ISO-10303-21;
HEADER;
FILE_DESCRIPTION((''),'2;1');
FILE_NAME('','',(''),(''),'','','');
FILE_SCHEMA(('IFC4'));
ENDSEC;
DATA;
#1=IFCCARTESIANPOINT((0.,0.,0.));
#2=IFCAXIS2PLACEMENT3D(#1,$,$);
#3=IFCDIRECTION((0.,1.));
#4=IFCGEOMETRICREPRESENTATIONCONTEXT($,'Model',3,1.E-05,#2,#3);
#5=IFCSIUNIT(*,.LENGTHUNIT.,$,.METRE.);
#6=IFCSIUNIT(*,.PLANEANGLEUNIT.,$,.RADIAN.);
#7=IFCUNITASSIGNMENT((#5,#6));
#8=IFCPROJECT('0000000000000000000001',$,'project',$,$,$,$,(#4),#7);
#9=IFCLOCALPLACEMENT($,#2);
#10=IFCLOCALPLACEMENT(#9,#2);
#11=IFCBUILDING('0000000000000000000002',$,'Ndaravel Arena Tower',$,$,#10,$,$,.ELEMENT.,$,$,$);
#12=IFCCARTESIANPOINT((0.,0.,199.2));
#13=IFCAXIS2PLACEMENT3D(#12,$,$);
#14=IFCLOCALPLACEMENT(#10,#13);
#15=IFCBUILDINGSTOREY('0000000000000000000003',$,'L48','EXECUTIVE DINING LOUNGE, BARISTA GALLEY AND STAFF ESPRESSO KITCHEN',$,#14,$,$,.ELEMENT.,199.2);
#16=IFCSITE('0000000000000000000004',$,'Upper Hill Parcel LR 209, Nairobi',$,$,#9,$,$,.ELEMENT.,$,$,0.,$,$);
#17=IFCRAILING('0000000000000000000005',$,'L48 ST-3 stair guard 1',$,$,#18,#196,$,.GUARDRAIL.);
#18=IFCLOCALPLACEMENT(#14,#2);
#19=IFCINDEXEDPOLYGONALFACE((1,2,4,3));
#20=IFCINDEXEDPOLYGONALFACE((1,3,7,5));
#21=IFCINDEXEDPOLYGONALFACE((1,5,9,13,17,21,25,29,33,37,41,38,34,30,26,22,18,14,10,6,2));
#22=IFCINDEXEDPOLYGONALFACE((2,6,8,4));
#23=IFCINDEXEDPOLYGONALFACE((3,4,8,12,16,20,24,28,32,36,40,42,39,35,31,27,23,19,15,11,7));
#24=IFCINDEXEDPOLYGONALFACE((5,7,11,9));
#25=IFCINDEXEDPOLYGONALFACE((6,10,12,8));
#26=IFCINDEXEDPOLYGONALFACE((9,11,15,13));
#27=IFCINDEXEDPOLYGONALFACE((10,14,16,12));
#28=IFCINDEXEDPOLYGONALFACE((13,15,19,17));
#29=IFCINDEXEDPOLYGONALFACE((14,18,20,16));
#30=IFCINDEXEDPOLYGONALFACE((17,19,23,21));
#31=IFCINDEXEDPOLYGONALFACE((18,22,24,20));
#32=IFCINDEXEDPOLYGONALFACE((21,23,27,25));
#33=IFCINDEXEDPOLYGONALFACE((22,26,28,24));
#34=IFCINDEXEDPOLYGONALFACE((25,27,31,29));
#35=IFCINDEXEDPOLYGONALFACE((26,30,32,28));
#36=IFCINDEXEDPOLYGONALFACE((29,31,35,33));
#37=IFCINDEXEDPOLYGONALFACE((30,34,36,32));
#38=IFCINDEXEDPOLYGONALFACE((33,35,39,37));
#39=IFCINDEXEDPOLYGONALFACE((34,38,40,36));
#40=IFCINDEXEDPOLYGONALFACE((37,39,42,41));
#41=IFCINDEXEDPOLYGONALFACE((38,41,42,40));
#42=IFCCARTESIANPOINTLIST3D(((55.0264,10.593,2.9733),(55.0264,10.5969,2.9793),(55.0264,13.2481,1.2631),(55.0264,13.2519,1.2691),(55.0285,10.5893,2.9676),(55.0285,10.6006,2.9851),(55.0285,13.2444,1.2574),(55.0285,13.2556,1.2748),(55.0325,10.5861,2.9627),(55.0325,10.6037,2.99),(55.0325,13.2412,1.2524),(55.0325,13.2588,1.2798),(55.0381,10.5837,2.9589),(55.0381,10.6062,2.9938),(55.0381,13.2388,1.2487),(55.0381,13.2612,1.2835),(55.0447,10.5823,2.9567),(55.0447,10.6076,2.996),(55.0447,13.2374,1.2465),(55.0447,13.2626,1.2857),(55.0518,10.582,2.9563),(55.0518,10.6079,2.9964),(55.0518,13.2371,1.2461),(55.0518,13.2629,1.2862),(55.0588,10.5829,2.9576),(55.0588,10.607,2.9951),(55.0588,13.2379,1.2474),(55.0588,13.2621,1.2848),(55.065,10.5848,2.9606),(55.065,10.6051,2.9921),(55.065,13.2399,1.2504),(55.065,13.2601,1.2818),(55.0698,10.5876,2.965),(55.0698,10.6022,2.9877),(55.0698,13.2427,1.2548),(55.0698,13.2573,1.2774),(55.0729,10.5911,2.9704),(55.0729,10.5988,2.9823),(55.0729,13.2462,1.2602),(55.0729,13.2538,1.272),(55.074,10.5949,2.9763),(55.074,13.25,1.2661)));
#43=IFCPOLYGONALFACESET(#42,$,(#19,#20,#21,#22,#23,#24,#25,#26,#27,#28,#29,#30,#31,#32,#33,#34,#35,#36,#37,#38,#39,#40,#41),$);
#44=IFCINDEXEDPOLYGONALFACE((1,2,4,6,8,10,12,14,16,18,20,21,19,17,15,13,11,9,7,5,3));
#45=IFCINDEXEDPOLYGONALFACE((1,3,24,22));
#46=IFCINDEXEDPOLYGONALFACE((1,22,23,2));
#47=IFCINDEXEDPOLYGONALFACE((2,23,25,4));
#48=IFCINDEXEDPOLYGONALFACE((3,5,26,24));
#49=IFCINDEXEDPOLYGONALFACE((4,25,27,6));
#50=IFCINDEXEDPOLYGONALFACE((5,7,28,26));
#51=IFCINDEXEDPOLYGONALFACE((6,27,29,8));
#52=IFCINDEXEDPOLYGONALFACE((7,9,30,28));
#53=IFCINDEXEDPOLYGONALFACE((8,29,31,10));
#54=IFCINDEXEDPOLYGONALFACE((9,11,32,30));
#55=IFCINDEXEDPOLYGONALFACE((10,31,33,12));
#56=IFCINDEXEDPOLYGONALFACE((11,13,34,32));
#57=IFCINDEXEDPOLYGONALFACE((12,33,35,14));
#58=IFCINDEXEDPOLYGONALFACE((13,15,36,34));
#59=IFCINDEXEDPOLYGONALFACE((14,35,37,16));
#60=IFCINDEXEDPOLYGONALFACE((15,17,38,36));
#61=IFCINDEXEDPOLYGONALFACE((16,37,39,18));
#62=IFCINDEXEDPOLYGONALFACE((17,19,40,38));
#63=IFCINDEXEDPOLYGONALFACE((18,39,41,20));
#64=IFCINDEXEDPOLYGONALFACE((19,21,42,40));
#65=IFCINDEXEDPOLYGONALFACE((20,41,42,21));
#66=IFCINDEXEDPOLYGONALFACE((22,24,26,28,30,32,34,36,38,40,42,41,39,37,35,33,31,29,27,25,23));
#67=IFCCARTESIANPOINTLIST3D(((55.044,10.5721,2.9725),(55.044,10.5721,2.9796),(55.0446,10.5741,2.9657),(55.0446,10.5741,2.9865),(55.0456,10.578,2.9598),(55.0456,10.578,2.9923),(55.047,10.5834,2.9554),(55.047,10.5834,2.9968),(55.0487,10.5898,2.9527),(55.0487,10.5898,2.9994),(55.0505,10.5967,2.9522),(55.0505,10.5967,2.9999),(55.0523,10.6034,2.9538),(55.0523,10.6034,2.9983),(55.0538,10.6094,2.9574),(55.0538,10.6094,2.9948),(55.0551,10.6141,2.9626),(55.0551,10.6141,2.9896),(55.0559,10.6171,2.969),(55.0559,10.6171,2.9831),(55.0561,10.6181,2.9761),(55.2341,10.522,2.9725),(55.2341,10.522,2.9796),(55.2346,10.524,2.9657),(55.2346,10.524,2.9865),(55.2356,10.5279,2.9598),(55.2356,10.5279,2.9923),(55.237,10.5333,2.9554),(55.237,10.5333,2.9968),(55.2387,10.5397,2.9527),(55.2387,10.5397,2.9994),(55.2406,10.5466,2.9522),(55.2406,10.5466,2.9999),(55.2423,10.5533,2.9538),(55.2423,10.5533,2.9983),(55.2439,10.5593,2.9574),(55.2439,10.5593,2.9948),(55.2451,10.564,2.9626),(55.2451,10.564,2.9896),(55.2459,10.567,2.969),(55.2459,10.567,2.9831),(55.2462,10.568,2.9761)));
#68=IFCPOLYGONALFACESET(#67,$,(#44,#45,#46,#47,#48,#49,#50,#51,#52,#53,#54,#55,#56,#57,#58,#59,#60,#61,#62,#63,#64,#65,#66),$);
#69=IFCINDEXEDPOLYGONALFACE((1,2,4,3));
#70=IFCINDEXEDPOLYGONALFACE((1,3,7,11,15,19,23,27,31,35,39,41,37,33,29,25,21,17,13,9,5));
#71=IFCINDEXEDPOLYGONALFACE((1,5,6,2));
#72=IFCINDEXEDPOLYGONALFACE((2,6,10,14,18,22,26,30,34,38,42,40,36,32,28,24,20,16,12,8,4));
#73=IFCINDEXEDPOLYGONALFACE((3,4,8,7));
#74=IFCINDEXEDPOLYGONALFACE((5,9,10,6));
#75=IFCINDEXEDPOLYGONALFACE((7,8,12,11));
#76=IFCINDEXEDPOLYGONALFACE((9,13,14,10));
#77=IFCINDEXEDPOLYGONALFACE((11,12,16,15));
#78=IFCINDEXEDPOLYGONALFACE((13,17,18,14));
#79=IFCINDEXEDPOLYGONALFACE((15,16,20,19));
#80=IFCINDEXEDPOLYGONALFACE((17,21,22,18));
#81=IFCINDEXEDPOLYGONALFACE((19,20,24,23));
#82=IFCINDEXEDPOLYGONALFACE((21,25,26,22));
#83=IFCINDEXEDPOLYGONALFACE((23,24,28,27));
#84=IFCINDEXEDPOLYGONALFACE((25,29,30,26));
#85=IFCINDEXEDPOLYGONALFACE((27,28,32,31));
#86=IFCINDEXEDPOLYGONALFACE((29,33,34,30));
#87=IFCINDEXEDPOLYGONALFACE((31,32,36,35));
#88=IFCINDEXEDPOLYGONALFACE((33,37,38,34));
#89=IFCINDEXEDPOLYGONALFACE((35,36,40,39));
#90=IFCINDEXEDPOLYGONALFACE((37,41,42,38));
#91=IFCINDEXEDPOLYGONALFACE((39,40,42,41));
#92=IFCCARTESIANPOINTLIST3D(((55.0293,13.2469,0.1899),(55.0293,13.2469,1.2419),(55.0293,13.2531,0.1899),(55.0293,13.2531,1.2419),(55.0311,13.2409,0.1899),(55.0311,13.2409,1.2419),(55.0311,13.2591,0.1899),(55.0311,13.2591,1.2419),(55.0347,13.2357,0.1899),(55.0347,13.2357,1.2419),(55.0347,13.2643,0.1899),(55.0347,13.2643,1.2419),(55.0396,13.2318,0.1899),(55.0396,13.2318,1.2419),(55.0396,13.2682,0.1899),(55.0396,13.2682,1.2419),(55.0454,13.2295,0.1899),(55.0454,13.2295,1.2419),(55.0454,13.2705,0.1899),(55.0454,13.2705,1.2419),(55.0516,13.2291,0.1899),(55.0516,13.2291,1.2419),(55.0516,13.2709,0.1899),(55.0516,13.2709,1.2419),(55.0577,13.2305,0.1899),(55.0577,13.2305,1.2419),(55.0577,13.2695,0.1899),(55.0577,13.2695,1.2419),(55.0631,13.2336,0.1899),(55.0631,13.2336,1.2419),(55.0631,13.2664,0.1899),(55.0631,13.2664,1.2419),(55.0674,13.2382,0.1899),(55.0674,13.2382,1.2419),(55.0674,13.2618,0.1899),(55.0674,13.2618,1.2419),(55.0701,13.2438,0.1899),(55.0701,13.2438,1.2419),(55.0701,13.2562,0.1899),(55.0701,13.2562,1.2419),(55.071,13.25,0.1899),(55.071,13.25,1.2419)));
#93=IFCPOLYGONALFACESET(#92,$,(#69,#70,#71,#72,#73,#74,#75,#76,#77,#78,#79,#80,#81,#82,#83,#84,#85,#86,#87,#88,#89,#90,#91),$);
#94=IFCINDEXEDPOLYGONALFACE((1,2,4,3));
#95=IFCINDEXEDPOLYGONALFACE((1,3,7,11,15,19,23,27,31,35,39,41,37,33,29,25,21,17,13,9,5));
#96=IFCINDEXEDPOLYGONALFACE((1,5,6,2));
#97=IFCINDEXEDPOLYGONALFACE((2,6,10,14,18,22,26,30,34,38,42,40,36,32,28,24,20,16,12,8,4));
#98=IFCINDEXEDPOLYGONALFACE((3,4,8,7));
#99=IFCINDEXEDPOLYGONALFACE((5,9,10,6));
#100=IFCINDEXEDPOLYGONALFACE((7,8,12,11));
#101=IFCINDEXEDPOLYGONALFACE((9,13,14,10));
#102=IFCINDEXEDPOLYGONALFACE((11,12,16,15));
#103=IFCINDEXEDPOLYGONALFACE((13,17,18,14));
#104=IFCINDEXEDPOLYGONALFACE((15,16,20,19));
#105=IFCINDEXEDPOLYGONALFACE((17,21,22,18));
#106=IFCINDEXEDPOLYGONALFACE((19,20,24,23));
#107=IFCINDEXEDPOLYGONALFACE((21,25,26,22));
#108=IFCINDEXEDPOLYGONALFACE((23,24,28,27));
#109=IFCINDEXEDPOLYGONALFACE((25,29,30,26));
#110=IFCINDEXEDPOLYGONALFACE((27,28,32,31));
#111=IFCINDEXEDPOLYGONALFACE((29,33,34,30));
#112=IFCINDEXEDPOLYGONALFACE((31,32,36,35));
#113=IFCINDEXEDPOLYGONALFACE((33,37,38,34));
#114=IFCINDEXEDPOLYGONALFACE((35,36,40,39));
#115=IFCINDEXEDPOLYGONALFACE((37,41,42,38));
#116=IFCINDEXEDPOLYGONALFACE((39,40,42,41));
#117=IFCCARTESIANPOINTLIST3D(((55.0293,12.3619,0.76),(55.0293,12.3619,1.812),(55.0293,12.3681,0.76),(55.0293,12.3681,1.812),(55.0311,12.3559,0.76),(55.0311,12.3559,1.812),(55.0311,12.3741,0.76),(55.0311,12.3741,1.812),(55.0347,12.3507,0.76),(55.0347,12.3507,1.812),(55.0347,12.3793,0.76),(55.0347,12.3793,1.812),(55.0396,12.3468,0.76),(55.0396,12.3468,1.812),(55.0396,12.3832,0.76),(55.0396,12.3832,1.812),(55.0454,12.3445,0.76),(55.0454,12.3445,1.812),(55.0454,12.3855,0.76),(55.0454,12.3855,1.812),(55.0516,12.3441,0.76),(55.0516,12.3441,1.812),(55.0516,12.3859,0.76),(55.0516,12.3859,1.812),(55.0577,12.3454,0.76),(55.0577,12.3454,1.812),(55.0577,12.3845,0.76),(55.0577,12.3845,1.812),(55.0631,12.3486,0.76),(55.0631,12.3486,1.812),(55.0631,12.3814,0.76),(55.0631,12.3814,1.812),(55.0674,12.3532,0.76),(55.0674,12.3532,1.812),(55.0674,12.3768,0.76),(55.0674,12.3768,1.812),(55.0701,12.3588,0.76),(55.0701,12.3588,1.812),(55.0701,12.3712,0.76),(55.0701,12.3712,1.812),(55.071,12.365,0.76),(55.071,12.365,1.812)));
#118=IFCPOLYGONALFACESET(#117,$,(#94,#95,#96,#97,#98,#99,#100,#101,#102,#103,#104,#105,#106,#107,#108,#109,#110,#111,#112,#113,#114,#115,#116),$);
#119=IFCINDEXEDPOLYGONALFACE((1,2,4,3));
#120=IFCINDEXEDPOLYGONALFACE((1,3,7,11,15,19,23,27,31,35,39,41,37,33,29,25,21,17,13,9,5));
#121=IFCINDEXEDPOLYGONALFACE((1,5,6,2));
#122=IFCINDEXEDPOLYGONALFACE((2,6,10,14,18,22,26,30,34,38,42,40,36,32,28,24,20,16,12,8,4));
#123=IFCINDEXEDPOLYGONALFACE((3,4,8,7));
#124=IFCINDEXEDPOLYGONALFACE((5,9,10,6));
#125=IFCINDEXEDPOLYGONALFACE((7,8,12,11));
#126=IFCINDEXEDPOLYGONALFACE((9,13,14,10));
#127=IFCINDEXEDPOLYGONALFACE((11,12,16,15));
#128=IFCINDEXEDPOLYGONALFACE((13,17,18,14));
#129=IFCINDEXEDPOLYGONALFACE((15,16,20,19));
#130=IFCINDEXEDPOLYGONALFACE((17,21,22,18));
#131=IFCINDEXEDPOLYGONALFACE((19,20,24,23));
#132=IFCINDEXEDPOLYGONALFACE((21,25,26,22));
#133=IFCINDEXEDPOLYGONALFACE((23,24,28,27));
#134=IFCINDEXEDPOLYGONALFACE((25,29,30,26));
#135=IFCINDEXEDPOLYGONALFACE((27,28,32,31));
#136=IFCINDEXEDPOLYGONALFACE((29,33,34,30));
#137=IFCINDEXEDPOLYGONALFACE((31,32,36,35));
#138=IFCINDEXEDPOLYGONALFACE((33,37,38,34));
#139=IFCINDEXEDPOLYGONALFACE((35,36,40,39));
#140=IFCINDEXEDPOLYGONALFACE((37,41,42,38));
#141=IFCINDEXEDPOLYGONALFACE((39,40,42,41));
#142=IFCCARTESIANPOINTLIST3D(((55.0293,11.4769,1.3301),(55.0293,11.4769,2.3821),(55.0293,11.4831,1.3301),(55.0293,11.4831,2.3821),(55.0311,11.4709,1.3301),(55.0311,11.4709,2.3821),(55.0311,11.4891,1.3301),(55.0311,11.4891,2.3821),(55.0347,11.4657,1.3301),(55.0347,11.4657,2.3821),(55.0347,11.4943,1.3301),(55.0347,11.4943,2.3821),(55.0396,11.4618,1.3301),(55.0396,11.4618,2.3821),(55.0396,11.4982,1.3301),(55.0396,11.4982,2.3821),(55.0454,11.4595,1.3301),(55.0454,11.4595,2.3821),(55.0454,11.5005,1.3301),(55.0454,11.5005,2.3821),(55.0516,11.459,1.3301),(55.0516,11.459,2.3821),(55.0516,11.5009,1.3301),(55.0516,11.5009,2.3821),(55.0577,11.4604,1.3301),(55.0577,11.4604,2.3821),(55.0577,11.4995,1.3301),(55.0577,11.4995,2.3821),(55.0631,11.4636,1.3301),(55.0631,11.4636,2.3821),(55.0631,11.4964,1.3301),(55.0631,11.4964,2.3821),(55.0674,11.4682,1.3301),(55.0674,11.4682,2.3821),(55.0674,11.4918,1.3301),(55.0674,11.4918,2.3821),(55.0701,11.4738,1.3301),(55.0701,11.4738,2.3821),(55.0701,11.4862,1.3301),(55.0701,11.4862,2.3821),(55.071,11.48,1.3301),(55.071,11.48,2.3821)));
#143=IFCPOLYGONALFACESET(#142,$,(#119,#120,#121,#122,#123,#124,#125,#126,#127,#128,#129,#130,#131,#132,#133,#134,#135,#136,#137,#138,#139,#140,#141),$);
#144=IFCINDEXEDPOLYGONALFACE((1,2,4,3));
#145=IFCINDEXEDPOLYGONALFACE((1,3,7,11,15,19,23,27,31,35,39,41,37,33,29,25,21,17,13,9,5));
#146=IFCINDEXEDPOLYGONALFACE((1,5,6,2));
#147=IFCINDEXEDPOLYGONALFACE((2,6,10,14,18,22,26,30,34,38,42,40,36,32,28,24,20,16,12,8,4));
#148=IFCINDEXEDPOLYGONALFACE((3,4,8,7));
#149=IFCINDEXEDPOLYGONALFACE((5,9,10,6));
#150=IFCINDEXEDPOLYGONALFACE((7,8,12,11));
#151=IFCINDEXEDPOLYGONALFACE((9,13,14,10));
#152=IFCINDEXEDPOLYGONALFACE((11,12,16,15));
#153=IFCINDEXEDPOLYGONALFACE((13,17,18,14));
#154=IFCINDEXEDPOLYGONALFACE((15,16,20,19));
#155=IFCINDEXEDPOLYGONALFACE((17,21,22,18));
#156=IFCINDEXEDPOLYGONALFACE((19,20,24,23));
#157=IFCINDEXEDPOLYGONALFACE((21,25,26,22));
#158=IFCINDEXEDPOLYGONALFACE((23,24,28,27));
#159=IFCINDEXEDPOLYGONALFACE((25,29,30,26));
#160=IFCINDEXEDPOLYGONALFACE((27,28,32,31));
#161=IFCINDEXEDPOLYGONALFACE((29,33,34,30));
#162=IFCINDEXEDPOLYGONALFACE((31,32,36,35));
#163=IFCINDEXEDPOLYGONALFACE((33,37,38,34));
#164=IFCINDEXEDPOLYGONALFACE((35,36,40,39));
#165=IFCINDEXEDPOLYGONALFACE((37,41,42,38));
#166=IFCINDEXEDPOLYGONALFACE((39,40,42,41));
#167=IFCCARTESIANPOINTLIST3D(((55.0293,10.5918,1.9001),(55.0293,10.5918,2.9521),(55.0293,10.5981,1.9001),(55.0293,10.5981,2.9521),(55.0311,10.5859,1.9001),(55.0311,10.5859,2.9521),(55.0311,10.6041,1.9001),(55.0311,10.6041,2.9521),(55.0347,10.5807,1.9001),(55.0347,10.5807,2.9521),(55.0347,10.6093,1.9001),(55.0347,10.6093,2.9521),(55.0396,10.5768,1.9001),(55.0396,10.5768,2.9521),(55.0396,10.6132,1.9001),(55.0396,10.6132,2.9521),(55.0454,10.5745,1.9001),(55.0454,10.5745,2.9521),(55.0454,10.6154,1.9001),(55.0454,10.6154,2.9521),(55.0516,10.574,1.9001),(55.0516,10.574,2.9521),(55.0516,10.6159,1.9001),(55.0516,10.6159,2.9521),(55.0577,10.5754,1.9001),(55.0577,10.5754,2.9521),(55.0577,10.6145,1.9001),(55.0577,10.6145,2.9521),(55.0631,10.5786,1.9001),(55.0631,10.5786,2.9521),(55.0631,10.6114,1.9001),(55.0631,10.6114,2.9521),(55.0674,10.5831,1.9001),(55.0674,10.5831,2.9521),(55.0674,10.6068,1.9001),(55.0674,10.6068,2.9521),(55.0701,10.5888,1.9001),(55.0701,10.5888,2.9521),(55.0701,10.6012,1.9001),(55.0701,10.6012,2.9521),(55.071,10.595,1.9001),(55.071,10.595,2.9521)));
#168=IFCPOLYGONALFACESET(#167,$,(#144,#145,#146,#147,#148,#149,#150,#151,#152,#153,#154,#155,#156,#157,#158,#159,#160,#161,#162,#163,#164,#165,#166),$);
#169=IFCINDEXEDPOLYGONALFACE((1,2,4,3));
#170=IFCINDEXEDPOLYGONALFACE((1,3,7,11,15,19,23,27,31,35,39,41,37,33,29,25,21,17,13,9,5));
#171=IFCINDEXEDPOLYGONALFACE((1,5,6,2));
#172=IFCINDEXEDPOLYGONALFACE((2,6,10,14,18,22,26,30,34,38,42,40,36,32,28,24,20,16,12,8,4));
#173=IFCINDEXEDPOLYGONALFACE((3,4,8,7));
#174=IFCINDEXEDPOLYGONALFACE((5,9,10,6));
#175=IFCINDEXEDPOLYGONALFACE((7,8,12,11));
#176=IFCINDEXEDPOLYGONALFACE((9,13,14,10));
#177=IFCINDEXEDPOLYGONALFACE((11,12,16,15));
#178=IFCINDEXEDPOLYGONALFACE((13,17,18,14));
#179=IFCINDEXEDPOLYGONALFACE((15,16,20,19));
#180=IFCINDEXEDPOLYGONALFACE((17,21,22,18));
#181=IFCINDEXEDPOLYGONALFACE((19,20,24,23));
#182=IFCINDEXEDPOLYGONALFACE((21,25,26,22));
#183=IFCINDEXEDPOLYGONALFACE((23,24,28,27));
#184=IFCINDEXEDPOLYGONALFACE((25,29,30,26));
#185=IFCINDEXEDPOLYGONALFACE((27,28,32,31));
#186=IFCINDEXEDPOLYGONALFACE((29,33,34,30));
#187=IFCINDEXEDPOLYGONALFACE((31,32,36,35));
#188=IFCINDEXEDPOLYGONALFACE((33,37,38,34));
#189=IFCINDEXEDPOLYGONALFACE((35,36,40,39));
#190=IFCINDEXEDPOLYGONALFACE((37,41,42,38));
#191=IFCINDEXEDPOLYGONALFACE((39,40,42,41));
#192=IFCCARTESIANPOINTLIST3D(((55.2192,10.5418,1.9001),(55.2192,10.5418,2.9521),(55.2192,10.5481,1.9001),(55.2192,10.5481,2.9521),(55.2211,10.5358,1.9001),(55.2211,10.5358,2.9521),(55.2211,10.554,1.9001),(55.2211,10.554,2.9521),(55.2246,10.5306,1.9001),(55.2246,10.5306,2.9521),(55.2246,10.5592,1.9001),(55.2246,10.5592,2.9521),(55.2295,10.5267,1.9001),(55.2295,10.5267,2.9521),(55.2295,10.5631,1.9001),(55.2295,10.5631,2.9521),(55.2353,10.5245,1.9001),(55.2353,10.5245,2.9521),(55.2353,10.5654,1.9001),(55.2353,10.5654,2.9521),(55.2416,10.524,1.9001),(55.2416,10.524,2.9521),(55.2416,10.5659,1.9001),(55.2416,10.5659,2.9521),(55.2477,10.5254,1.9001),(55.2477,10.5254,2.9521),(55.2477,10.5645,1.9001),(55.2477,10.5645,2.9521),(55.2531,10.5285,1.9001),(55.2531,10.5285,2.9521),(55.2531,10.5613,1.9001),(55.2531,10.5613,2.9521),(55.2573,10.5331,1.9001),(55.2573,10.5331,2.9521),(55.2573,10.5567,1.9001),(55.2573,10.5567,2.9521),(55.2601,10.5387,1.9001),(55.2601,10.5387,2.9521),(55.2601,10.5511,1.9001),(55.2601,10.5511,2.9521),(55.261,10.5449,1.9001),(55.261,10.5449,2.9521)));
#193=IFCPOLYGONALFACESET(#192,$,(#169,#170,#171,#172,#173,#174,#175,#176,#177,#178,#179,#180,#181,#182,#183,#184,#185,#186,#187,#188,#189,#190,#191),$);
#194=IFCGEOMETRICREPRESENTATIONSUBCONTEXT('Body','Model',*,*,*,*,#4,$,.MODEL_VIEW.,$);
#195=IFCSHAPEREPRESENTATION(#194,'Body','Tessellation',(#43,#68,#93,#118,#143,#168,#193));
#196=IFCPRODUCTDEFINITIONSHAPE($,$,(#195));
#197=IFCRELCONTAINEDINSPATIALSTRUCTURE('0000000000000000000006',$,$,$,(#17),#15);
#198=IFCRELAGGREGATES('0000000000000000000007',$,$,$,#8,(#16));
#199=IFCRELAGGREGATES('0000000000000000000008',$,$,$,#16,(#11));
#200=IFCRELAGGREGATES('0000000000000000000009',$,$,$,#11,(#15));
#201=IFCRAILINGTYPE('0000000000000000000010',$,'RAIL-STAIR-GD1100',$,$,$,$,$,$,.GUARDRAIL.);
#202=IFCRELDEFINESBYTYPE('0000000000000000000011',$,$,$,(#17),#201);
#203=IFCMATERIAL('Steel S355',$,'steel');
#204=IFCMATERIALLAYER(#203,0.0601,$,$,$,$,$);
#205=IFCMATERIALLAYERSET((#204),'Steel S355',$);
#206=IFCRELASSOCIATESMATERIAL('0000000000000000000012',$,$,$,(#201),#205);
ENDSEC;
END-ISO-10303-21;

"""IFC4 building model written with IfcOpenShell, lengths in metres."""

from ifc_helpers import new_model, si_unit, direction, frame, origin, origin_2d, place, context, subcontext, project, spatial, circle, extrude, material, layer, layer_set, type_object, element, save


model = new_model("IFC4")

# Units and contexts
model_context = context("Model", 3, precision=1e-05, world=origin(), true_north=direction((0.0, 1.0)))
body_context = subcontext(model_context, "Body", "Model", "MODEL_VIEW")
ifc_project = project(units=[si_unit("LENGTHUNIT", "METRE"), si_unit("PLANEANGLEUNIT", "RADIAN")], contexts=[model_context])

# Site, building, storey
site_placement = place(None, origin())
site = spatial("IfcSite", under=ifc_project, at=site_placement, Name="Upper Hill Parcel LR 209, Nairobi", CompositionType="ELEMENT", RefElevation=0.0)
building_placement = place(site_placement, origin())
building = spatial("IfcBuilding", under=site, at=building_placement, Name="Ndaravel Arena Tower", CompositionType="ELEMENT")
storey_placement = place(building_placement, frame((0.0, 0.0, 199.2)))
storey = spatial("IfcBuildingStorey", under=building, at=storey_placement, Name="L48", Description="EXECUTIVE DINING LOUNGE, BARISTA GALLEY AND STAFF ESPRESSO KITCHEN", CompositionType="ELEMENT", Elevation=199.2)

# Railing
ifc_material_1 = material(Name="Steel S355", Category="steel")
ifc_layer_1 = layer(ifc_material_1, 0.0601)
ifc_layer_set_1 = layer_set([ifc_layer_1], Name="Steel S355")
railing_type_1 = type_object("IfcRailingType", Name="RAIL-STAIR-GD1100", PredefinedType="GUARDRAIL", material=ifc_layer_set_1)
railing_1_placement = place(storey_placement, frame((55.05, 13.25, 0.1899)))
element("IfcRailing", 1, at=railing_1_placement, inside=storey, type_object=railing_type_1, Name="L48 ST-3 stair guard 1", PredefinedType="GUARDRAIL", context=body_context, shape_type="SweptSolid", body=[
    extrude(circle(Radius=0.0239, at=origin_2d()), frame((0.0, 0.0, 1.0762), z_axis=(0.0, -0.840688, 0.541519), x_axis=(1.0, 0.0, 0.0)), (0.0, 0.0, 1.0), 3.1582),
    extrude(circle(Radius=0.0239, at=origin_2d()), frame((0.0, -2.655, 2.7861), z_axis=(0.966994, -0.254799, 0.0), x_axis=(0.254799, 0.966994, 0.0)), (0.0, 0.0, 1.0), 0.1965),
    extrude(circle(Radius=0.021, at=origin_2d()), origin(), (0.0, 0.0, 1.0), 1.052),
    extrude(circle(Radius=0.021, at=origin_2d()), frame((0.0, -0.885, 0.5701)), (0.0, 0.0, 1.0), 1.052),
    extrude(circle(Radius=0.021, at=origin_2d()), frame((0.0, -1.77, 1.1401)), (0.0, 0.0, 1.0), 1.052),
    extrude(circle(Radius=0.021, at=origin_2d()), frame((0.0, -2.655, 1.7102)), (0.0, 0.0, 1.0), 1.052),
    extrude(circle(Radius=0.021, at=origin_2d()), frame((0.1899, -2.7051, 1.7102)), (0.0, 0.0, 1.0), 1.052),
])

save(model, "model.ifc")
